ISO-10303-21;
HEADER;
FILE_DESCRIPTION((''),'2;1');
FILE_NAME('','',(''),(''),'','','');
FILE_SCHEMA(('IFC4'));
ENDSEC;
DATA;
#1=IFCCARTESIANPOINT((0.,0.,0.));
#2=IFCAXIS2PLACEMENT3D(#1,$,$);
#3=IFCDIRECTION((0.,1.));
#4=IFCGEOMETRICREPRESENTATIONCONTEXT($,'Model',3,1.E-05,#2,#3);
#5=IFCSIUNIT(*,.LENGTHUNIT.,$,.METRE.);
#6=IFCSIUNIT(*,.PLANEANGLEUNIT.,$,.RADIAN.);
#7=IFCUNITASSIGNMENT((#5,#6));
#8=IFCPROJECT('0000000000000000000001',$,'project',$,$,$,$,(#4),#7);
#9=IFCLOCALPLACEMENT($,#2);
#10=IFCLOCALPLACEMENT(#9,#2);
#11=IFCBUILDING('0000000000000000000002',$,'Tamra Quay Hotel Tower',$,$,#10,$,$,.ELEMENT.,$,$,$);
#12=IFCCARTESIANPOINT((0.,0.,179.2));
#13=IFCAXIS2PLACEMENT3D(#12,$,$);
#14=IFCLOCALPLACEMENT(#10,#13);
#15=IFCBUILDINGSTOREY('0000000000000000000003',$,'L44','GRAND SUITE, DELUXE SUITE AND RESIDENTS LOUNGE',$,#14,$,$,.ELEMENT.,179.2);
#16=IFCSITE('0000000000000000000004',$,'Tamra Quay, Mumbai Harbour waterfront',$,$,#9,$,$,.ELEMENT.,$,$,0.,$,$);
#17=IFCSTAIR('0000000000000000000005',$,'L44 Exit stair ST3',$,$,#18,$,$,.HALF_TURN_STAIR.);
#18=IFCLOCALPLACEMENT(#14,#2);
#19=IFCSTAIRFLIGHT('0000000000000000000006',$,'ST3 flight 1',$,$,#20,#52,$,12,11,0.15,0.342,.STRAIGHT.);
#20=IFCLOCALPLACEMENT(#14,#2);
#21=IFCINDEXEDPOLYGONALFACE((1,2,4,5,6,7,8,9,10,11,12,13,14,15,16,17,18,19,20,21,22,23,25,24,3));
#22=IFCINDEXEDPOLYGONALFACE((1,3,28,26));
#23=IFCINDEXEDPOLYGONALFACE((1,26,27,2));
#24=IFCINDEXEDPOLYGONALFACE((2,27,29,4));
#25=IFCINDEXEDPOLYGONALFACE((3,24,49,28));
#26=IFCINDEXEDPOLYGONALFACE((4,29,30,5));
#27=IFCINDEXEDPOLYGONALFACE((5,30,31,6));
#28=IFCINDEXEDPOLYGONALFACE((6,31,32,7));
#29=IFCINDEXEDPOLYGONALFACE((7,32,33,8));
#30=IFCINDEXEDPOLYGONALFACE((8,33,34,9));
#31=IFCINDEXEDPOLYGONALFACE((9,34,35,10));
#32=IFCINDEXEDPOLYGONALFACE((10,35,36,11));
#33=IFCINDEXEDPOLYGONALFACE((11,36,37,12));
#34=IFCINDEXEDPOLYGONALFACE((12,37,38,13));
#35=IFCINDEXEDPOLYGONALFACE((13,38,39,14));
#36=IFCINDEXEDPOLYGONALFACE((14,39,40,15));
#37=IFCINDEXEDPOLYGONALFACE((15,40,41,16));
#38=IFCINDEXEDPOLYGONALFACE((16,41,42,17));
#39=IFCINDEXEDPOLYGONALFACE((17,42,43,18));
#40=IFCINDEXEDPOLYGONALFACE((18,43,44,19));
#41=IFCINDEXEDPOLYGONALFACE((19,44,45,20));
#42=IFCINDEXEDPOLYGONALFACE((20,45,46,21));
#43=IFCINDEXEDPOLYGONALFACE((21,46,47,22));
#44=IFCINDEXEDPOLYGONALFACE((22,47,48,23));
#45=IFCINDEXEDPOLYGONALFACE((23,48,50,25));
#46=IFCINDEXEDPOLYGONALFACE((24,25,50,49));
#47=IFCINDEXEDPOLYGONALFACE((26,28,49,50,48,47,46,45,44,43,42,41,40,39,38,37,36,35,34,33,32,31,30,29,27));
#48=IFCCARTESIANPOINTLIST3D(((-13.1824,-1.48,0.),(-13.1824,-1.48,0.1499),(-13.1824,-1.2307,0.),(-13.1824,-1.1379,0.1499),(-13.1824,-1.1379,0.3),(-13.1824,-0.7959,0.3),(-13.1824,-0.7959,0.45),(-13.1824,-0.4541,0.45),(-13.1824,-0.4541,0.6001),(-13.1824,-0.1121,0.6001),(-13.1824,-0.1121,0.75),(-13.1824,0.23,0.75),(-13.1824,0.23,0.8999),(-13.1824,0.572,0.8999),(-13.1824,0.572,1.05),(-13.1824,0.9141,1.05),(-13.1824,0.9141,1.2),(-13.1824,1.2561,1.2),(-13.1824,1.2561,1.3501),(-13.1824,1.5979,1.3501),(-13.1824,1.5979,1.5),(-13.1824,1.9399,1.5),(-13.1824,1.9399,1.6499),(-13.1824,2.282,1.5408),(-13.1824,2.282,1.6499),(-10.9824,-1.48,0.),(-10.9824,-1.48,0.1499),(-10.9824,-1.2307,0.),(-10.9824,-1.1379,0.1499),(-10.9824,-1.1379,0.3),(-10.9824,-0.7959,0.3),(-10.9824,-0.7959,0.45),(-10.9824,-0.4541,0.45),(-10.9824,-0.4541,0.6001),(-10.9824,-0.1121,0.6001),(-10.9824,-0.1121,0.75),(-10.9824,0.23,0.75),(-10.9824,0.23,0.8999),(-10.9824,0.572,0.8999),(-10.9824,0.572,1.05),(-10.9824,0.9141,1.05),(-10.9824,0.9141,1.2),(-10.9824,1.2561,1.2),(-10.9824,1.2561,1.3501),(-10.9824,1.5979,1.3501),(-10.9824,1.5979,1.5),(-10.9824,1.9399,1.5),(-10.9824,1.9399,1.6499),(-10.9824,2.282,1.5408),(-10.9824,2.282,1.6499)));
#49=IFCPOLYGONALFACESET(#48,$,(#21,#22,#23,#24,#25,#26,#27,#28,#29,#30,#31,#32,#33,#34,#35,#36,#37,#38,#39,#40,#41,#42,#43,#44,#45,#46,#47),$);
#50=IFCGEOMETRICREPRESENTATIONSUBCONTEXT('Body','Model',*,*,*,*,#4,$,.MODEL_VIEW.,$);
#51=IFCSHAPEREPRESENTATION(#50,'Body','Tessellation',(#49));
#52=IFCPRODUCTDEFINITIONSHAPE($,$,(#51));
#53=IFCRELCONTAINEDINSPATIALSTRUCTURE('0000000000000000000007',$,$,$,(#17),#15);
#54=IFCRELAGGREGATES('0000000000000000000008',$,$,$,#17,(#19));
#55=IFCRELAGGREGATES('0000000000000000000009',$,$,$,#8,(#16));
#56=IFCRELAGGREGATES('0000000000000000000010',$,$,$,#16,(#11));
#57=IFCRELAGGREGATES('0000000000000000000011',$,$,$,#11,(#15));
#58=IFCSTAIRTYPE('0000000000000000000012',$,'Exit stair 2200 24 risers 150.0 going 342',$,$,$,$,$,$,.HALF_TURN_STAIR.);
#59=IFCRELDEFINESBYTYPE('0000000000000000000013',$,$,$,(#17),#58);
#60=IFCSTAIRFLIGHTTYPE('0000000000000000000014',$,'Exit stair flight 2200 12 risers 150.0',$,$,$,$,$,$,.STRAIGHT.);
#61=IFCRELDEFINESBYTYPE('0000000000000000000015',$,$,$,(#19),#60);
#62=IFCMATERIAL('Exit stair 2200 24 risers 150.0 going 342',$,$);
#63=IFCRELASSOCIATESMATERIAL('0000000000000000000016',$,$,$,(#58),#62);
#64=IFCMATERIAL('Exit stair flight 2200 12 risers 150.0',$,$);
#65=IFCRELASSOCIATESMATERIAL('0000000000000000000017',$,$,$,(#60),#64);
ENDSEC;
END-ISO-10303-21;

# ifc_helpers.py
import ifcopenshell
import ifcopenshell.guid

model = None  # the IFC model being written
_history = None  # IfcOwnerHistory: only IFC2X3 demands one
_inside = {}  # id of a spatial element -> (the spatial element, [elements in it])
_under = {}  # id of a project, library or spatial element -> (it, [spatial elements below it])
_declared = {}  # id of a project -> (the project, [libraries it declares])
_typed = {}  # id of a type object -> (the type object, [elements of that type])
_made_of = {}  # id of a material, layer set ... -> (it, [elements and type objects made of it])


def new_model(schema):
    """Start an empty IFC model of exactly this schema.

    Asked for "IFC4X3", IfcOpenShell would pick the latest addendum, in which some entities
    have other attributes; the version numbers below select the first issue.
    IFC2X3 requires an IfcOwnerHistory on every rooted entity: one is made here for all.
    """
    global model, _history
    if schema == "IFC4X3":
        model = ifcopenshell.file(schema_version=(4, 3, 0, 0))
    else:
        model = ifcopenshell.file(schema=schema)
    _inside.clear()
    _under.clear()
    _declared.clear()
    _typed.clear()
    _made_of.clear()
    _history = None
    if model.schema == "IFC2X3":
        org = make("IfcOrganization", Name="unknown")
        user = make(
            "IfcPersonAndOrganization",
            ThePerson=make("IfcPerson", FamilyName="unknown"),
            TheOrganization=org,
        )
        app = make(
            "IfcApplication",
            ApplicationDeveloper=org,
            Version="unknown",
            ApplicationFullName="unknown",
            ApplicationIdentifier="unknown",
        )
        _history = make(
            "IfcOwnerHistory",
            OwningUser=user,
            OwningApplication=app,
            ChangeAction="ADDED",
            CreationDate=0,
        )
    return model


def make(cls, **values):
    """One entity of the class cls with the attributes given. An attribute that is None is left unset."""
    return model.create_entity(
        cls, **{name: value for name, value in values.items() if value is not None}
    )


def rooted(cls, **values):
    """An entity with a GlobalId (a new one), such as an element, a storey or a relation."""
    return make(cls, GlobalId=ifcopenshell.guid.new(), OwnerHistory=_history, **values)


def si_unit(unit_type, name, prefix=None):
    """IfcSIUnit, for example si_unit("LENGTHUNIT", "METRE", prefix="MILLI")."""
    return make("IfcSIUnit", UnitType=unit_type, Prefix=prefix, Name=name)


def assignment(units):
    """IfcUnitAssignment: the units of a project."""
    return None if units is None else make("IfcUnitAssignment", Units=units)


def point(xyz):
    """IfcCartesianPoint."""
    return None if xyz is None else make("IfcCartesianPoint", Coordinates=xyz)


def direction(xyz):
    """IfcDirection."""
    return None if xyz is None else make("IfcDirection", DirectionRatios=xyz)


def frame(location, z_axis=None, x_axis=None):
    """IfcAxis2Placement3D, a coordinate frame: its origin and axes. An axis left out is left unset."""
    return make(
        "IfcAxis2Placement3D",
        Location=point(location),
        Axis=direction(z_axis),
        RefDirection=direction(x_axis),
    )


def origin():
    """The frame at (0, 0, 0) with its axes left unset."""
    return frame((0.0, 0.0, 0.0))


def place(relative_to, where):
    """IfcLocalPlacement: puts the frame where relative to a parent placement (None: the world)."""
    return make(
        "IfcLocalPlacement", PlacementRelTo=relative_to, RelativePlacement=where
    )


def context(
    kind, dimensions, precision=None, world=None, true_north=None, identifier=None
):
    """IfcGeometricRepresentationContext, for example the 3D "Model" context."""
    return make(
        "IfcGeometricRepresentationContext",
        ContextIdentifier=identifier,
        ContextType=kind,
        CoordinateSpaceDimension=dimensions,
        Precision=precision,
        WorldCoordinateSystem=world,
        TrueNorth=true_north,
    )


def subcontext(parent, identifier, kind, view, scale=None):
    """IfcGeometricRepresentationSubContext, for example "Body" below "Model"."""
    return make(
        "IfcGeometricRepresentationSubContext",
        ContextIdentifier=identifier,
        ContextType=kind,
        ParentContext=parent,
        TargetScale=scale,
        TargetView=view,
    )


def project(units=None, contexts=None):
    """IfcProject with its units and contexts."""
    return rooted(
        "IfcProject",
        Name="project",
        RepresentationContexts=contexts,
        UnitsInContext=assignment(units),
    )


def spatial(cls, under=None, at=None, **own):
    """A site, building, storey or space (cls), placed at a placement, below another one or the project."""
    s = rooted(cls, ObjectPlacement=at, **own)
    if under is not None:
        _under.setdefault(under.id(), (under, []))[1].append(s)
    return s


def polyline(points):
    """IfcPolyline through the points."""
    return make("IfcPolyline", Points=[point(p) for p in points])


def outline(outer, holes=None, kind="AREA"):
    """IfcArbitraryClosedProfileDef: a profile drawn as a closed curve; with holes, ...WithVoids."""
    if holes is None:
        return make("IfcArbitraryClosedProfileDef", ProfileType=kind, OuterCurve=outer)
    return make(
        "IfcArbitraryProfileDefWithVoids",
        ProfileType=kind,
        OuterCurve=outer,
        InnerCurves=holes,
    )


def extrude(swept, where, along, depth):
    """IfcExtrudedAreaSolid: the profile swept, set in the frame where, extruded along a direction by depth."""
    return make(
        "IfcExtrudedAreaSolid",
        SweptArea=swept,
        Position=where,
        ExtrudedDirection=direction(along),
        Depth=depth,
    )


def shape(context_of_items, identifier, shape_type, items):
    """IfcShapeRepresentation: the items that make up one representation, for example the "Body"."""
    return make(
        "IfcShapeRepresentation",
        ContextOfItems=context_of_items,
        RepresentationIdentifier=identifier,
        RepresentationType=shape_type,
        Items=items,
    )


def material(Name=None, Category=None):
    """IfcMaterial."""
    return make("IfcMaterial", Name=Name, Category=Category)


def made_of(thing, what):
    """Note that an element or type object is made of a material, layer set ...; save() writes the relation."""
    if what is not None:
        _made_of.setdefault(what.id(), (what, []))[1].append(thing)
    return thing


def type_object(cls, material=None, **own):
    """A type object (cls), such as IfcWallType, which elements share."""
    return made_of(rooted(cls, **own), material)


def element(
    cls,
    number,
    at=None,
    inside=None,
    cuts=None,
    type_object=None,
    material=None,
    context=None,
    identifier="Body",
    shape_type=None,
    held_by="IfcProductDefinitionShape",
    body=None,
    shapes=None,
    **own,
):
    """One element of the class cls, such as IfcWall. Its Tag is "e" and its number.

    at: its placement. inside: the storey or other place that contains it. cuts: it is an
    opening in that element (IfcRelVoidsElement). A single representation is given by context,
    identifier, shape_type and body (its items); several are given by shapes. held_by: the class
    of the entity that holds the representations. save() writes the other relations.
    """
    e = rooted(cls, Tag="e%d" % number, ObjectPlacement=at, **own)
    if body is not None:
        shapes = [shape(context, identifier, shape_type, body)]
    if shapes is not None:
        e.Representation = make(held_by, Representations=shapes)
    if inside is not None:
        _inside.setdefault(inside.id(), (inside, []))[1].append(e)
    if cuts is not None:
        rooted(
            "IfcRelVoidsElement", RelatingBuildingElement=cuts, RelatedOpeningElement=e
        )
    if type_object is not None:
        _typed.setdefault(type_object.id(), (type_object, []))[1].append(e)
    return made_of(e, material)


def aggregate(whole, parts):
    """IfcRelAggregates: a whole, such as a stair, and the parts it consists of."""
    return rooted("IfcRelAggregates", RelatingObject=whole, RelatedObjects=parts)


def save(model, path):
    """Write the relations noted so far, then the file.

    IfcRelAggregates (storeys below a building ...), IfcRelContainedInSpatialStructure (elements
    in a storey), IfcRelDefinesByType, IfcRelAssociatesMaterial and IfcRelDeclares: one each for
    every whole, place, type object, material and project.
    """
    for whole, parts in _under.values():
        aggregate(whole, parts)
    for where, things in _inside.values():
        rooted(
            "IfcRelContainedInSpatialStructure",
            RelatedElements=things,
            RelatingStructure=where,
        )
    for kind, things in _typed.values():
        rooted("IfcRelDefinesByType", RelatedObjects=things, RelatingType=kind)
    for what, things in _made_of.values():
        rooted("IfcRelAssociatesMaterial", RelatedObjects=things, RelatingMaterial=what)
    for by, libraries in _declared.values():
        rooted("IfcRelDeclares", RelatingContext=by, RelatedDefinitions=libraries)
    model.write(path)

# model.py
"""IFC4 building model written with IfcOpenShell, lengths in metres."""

from ifc_helpers import new_model, si_unit, direction, frame, origin, place, context, subcontext, project, spatial, polyline, outline, extrude, material, type_object, element, aggregate, save


model = new_model("IFC4")

# Units and contexts
model_context = context("Model", 3, precision=1e-05, world=origin(), true_north=direction((0.0, 1.0)))
body_context = subcontext(model_context, "Body", "Model", "MODEL_VIEW")
ifc_project = project(units=[si_unit("LENGTHUNIT", "METRE"), si_unit("PLANEANGLEUNIT", "RADIAN")], contexts=[model_context])

# Site, building, storey
site_placement = place(None, origin())
site = spatial("IfcSite", under=ifc_project, at=site_placement, Name="Tamra Quay, Mumbai Harbour waterfront", CompositionType="ELEMENT", RefElevation=0.0)
building_placement = place(site_placement, origin())
building = spatial("IfcBuilding", under=site, at=building_placement, Name="Tamra Quay Hotel Tower", CompositionType="ELEMENT")
storey_placement = place(building_placement, frame((0.0, 0.0, 179.2)))
storey = spatial("IfcBuildingStorey", under=building, at=storey_placement, Name="L44", Description="GRAND SUITE, DELUXE SUITE AND RESIDENTS LOUNGE", CompositionType="ELEMENT", Elevation=179.2)

# Stair, stair flight
ifc_material_1 = material(Name="Exit stair 2200 24 risers 150.0 going 342")
stair_type = type_object("IfcStairType", Name="Exit stair 2200 24 risers 150.0 going 342", PredefinedType="HALF_TURN_STAIR", material=ifc_material_1)
stair_placement = place(storey_placement, origin())
stair = element("IfcStair", 1, at=stair_placement, inside=storey, type_object=stair_type, Name="L44 Exit stair ST3", PredefinedType="HALF_TURN_STAIR")
ifc_material_2 = material(Name="Exit stair flight 2200 12 risers 150.0")
stair_flight_type = type_object("IfcStairFlightType", Name="Exit stair flight 2200 12 risers 150.0", PredefinedType="STRAIGHT", material=ifc_material_2)
stair_flight_placement = place(storey_placement, frame((-12.0823, -1.48, 0.0), z_axis=(0.0, 0.0, 1.0), x_axis=(0.0, 1.0, 0.0)))
stair_flight = element("IfcStairFlight", 2, at=stair_flight_placement, type_object=stair_flight_type, Name="ST3 flight 1", NumberOfRisers=12, NumberOfTreads=11, PredefinedType="STRAIGHT", RiserHeight=0.15, TreadLength=0.342, context=body_context, shape_type="SweptSolid", body=[
    extrude(outline(polyline([(0.0, 0.0), (0.0, 0.1499), (0.342, 0.1499), (0.342, 0.3), (0.6841, 0.3), (0.6841, 0.45), (1.0259, 0.45), (1.0259, 0.6001), (1.3679, 0.6001), (1.3679, 0.75), (1.71, 0.75), (1.71, 0.8999), (2.052, 0.8999), (2.052, 1.05), (2.394, 1.05), (2.394, 1.2), (2.7361, 1.2), (2.7361, 1.3501), (3.0779, 1.3501), (3.0779, 1.5), (3.4199, 1.5), (3.4199, 1.6499), (3.762, 1.6499), (3.762, 1.8), (3.762, 1.5408), (0.2493, 0.0), (0.0, 0.0)])), frame((0.0, 1.1001, 0.0), z_axis=(0.0, -1.0, 0.0), x_axis=(1.0, 0.0, 0.0)), (0.0, 0.0, 1.0), 2.2),
])
aggregate(stair, [stair_flight])

save(model, "model.ifc")
